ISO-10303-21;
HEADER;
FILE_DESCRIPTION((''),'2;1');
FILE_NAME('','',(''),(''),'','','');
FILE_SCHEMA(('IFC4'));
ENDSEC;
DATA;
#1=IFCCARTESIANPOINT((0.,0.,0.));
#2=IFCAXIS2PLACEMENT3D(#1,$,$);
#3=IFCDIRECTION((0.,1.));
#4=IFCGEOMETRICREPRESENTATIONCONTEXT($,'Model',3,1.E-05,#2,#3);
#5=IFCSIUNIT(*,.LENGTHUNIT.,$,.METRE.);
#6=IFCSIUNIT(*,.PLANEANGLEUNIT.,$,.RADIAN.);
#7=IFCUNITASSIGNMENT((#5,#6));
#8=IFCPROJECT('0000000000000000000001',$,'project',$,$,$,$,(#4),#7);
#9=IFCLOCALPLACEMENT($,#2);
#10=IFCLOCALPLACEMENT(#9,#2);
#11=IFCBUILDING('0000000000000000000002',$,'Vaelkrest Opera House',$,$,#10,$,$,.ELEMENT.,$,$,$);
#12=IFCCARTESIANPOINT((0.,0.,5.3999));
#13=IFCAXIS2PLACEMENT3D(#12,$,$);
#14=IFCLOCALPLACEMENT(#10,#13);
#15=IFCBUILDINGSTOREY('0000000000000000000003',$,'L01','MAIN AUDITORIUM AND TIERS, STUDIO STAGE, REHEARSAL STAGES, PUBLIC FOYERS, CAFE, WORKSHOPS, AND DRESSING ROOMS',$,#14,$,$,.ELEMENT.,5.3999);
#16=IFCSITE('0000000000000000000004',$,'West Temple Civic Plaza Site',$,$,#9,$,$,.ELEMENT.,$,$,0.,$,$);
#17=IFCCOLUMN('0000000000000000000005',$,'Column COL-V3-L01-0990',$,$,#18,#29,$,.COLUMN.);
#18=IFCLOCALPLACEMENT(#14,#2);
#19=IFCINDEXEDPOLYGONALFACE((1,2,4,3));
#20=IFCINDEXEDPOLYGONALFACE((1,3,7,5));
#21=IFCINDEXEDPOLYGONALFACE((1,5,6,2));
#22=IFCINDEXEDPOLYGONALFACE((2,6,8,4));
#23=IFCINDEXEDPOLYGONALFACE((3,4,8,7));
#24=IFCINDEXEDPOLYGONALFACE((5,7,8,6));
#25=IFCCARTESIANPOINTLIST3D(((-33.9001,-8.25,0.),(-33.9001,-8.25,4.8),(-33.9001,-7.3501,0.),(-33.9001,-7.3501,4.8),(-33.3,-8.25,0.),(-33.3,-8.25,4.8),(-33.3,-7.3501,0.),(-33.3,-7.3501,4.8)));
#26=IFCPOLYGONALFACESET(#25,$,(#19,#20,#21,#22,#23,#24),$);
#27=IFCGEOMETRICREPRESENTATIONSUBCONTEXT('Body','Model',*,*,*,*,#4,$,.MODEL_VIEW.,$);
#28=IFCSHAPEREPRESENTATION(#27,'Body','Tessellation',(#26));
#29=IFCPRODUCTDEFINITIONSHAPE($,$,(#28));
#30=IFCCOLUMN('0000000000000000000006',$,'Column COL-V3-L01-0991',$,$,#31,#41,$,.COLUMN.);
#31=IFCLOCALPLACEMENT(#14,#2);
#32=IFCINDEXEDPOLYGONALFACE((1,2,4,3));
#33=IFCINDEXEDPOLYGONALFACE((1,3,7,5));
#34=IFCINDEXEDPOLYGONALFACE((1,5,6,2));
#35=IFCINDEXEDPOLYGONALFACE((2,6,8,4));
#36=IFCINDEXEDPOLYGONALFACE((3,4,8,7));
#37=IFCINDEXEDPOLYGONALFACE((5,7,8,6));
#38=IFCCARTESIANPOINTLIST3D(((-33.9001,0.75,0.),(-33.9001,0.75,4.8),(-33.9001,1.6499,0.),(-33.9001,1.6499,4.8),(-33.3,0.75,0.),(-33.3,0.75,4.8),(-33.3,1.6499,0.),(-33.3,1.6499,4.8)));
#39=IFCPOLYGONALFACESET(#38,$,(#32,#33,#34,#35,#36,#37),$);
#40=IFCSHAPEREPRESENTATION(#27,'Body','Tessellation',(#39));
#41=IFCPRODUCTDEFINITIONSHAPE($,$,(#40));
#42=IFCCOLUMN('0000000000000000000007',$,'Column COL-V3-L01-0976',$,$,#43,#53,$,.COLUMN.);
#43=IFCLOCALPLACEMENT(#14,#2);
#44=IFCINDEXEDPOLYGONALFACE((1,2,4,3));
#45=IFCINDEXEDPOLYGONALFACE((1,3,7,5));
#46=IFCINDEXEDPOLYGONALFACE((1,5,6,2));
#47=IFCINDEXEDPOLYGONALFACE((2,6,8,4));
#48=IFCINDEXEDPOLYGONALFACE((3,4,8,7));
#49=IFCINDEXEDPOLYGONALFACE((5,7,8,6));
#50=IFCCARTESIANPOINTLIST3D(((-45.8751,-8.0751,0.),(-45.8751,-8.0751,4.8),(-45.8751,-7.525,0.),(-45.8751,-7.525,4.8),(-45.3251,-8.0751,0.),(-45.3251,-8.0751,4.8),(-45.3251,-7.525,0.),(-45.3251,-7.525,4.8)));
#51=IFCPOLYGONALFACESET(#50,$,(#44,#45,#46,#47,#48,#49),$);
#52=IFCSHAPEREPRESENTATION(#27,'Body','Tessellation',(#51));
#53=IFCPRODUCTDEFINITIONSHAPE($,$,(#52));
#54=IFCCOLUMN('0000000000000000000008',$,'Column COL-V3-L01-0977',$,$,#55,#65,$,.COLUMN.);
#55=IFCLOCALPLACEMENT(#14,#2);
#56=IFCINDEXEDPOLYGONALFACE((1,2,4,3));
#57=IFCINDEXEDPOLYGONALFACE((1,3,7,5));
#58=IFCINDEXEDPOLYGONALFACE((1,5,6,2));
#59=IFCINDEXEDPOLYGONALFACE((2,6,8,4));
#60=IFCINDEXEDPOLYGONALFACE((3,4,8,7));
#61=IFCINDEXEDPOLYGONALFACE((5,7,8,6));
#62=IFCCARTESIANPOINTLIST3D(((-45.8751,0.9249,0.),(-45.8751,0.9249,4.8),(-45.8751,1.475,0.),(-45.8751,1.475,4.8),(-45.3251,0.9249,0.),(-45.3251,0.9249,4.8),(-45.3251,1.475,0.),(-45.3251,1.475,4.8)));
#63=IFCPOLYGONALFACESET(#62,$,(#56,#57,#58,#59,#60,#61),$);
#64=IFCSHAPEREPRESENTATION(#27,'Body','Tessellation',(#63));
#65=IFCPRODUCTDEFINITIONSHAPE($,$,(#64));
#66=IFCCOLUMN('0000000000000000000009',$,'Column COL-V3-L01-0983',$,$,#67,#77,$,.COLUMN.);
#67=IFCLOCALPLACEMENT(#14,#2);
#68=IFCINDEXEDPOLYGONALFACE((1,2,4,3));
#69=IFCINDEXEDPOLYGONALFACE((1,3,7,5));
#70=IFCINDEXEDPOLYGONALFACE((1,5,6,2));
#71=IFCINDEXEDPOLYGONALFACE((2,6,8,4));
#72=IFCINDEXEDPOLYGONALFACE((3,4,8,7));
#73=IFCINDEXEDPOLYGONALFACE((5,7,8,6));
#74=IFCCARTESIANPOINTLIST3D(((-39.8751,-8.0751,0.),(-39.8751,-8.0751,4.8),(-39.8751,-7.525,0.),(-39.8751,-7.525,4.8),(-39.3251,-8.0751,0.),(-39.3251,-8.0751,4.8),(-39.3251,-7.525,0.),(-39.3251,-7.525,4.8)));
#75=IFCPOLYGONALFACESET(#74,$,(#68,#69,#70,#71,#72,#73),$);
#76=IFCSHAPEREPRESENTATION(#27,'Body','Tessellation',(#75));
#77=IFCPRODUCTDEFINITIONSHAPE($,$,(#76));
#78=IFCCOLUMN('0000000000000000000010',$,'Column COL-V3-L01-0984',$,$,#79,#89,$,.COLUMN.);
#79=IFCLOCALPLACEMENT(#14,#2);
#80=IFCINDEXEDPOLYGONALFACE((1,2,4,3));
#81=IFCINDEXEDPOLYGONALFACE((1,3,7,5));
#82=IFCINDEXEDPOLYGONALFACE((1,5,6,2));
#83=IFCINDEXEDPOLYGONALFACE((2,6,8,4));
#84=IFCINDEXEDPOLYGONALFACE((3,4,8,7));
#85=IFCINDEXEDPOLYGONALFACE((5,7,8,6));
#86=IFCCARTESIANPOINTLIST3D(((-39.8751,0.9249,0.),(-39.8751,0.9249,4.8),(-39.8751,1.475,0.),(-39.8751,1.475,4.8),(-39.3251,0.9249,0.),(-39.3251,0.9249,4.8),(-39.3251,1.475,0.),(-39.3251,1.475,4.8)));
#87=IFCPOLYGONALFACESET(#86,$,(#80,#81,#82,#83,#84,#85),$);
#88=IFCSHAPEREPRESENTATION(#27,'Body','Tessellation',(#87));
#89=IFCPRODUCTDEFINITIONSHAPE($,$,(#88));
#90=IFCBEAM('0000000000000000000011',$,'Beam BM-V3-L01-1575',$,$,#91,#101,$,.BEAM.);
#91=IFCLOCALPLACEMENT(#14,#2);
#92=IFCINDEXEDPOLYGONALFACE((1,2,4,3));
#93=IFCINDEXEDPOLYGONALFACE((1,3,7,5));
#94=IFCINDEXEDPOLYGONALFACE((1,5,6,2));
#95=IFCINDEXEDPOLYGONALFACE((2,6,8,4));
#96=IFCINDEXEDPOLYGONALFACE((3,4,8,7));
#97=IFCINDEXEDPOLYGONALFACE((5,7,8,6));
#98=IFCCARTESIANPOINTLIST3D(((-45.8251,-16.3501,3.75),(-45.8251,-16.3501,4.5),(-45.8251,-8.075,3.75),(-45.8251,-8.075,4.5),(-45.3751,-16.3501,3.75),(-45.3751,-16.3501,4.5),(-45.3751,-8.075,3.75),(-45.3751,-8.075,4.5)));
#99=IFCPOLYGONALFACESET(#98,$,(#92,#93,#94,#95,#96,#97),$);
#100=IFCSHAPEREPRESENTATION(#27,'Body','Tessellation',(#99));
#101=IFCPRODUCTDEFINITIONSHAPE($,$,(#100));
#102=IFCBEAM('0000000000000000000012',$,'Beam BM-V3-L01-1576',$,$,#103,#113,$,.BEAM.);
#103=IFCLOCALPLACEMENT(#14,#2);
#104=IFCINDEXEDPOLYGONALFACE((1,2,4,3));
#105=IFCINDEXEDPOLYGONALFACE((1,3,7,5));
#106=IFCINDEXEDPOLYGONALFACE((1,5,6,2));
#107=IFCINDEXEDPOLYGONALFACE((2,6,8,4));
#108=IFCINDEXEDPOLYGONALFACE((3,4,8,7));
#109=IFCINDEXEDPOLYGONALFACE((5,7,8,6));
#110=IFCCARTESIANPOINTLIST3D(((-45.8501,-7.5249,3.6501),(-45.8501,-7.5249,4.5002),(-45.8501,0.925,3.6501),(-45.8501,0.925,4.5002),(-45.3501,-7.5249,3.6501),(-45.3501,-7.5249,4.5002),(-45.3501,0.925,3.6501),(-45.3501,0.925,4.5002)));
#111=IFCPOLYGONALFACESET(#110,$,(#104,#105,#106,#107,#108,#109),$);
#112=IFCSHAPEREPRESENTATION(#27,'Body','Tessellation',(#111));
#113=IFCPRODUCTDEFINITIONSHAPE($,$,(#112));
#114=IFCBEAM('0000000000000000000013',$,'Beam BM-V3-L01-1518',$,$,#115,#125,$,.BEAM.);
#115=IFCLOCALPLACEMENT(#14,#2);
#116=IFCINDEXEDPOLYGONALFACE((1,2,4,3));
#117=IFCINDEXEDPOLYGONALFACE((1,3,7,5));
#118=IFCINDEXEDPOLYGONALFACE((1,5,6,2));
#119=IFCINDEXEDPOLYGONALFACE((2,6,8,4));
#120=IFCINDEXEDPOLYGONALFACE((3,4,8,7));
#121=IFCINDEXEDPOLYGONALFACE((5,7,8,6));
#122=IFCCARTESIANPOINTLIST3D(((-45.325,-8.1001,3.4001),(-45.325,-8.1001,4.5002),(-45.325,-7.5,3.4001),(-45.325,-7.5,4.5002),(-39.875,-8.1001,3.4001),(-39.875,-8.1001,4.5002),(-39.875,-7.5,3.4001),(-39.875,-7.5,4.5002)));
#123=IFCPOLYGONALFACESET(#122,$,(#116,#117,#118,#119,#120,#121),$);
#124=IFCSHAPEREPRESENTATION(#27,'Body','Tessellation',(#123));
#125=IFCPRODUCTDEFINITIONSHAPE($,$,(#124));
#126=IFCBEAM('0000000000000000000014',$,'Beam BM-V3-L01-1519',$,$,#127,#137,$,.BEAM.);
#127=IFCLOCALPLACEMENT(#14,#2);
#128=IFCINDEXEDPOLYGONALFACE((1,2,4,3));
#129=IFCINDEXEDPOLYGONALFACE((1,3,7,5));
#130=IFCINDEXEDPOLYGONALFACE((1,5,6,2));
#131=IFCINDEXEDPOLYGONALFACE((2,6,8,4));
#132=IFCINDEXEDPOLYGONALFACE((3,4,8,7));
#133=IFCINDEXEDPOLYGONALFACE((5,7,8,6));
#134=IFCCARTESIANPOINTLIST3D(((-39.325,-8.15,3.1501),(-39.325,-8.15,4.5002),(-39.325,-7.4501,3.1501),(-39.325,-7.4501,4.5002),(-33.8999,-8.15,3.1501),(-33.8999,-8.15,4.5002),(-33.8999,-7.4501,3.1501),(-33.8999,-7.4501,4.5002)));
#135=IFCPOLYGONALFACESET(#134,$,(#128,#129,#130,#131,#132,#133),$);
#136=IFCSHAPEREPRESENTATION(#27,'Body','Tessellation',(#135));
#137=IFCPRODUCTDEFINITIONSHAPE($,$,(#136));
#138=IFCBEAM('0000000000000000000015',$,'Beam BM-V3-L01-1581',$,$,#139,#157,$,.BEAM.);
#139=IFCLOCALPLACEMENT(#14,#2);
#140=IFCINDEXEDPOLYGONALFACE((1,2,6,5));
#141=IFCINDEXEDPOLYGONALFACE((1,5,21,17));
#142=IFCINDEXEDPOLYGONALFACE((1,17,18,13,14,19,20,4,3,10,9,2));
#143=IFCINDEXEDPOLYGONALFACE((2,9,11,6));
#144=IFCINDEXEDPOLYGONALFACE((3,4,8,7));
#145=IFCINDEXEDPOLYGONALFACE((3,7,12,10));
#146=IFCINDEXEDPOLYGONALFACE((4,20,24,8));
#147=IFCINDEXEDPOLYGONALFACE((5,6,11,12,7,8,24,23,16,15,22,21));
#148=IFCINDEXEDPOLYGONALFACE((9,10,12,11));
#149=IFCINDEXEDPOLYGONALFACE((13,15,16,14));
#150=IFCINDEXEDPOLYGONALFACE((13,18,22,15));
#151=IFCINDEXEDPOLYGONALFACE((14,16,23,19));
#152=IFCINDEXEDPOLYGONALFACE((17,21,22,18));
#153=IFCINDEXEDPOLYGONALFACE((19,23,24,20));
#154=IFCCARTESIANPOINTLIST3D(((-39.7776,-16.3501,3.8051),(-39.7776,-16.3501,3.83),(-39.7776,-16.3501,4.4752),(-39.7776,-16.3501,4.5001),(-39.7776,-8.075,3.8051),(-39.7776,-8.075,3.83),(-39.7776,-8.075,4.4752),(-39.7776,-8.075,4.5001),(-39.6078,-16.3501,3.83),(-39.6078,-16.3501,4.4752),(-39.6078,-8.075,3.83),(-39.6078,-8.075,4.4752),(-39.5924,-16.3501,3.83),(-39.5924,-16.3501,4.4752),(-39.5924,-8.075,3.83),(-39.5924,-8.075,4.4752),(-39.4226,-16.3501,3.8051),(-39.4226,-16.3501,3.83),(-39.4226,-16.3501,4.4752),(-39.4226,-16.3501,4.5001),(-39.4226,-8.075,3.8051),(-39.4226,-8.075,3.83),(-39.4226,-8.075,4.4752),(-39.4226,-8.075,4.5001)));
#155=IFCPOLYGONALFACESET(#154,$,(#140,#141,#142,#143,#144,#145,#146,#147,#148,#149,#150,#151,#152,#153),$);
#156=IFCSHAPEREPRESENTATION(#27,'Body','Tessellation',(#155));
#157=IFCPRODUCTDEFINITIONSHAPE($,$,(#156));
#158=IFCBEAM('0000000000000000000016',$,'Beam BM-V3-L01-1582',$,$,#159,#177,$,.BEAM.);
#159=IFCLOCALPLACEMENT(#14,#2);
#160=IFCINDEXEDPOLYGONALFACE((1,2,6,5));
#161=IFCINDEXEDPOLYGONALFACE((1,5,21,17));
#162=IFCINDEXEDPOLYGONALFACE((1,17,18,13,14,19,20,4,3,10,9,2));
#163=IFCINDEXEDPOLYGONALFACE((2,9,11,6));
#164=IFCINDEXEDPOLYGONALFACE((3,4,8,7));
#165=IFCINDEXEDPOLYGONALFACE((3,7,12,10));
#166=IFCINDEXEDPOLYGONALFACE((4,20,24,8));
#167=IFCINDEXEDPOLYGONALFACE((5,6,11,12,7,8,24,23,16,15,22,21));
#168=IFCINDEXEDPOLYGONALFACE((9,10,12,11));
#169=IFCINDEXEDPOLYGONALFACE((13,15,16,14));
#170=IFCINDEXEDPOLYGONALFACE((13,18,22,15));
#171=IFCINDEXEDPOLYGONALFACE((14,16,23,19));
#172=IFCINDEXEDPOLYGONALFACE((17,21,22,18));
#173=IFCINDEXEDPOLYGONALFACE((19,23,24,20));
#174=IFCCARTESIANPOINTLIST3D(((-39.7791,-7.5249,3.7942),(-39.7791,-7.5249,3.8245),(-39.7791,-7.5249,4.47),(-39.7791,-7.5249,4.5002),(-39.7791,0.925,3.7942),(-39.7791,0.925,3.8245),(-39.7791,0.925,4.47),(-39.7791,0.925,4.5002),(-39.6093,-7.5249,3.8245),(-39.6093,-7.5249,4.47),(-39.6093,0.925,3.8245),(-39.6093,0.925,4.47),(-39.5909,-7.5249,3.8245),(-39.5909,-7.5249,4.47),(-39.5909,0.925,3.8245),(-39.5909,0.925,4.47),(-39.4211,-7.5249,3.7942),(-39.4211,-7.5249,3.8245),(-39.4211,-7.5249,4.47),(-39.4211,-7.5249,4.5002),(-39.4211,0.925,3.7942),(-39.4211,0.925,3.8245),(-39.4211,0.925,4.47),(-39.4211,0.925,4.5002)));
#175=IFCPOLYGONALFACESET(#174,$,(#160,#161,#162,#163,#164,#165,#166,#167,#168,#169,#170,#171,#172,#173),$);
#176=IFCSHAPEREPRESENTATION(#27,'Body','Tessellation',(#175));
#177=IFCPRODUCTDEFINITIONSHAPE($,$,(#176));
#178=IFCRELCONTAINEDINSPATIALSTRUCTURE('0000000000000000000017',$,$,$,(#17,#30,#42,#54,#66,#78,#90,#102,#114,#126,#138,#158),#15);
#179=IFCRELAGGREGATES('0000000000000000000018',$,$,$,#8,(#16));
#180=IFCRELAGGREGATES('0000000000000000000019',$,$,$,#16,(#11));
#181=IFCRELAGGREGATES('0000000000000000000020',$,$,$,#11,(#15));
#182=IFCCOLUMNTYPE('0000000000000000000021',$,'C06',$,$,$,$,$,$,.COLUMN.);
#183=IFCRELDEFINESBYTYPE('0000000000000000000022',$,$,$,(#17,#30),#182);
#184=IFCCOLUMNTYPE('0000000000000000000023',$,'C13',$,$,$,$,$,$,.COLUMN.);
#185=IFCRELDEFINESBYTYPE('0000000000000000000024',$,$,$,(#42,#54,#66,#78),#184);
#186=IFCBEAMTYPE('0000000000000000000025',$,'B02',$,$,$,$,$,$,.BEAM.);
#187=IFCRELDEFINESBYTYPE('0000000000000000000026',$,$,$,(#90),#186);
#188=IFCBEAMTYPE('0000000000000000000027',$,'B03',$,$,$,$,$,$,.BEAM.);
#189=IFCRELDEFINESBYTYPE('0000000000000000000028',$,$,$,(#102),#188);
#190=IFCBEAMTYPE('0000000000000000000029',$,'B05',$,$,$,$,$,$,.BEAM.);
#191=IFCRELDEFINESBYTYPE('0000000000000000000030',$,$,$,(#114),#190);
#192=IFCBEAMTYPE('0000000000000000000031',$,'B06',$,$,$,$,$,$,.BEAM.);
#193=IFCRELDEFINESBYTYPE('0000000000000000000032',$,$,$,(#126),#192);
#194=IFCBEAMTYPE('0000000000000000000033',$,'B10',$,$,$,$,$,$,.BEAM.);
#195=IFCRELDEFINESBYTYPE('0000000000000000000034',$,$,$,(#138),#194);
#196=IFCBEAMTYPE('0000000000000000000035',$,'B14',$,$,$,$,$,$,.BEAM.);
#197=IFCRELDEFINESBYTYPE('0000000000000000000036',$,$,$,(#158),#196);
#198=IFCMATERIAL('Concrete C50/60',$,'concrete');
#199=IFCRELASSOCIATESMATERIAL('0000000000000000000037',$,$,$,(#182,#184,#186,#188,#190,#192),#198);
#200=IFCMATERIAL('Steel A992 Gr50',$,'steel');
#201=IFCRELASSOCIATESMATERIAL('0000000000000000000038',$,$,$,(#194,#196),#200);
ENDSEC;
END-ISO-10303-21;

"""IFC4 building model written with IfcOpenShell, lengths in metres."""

from ifc_helpers import new_model, si_unit, direction, frame, origin, origin_2d, place, context, subcontext, project, spatial, rectangle, i_section, extrude, material, material_profile, profile_set, type_object, element, save


model = new_model("IFC4")

# Units and contexts
model_context = context("Model", 3, precision=1e-05, world=origin(), true_north=direction((0.0, 1.0)))
body_context = subcontext(model_context, "Body", "Model", "MODEL_VIEW")
ifc_project = project(units=[si_unit("LENGTHUNIT", "METRE"), si_unit("PLANEANGLEUNIT", "RADIAN")], contexts=[model_context])

# Site, building, storey
site_placement = place(None, origin())
site = spatial("IfcSite", under=ifc_project, at=site_placement, Name="West Temple Civic Plaza Site", CompositionType="ELEMENT", RefElevation=0.0)
building_placement = place(site_placement, origin())
building = spatial("IfcBuilding", under=site, at=building_placement, Name="Vaelkrest Opera House", CompositionType="ELEMENT")
storey_placement = place(building_placement, frame((0.0, 0.0, 5.3999)))
storey = spatial("IfcBuildingStorey", under=building, at=storey_placement, Name="L01", Description="MAIN AUDITORIUM AND TIERS, STUDIO STAGE, REHEARSAL STAGES, PUBLIC FOYERS, CAFE, WORKSHOPS, AND DRESSING ROOMS", CompositionType="ELEMENT", Elevation=5.3999)

# Columns
ifc_material_1 = material(Name="Concrete C50/60", Category="concrete")
ifc_material_profile_1 = material_profile(ifc_material_1, rectangle(XDim=0.6001, YDim=0.8999, at=origin_2d()), Name="RC600X900")
ifc_profile_set_1 = profile_set([ifc_material_profile_1], Name="Concrete C50/60")
column_type_1 = type_object("IfcColumnType", Name="C06", PredefinedType="COLUMN", material=ifc_profile_set_1)
for number, where, z_axis, x_axis, name in (
    (1, (-33.6001, -7.8, 0.0), (0.0, 0.0, 1.0), (1.0, 0.0, 0.0), "Column COL-V3-L01-0990"),
    (2, (-33.6001, 1.2, 0.0), (0.0, 0.0, 1.0), (1.0, 0.0, 0.0), "Column COL-V3-L01-0991"),
):
    element("IfcColumn", number, at=place(storey_placement, frame(where, z_axis=z_axis, x_axis=x_axis)), inside=storey, type_object=column_type_1, Name=name, PredefinedType="COLUMN", context=body_context, shape_type="SweptSolid", body=[
        extrude(rectangle(XDim=0.6001, YDim=0.8999, at=origin_2d()), origin(), (0.0, 0.0, 1.0), 4.8),
    ])
ifc_material_profile_2 = material_profile(ifc_material_1, rectangle(XDim=0.55, YDim=0.55, at=origin_2d()), Name="RC550X550")
ifc_profile_set_2 = profile_set([ifc_material_profile_2], Name="Concrete C50/60")
column_type_2 = type_object("IfcColumnType", Name="C13", PredefinedType="COLUMN", material=ifc_profile_set_2)
for number, where, z_axis, x_axis, name in (
    (3, (-45.6001, -7.8, 0.0), (0.0, 0.0, 1.0), (1.0, 0.0, 0.0), "Column COL-V3-L01-0976"),
    (4, (-45.6001, 1.2, 0.0), (0.0, 0.0, 1.0), (1.0, 0.0, 0.0), "Column COL-V3-L01-0977"),
    (5, (-39.6001, -7.8, 0.0), (0.0, 0.0, 1.0), (1.0, 0.0, 0.0), "Column COL-V3-L01-0983"),
    (6, (-39.6001, 1.2, 0.0), (0.0, 0.0, 1.0), (1.0, 0.0, 0.0), "Column COL-V3-L01-0984"),
):
    element("IfcColumn", number, at=place(storey_placement, frame(where, z_axis=z_axis, x_axis=x_axis)), inside=storey, type_object=column_type_2, Name=name, PredefinedType="COLUMN", context=body_context, shape_type="SweptSolid", body=[
        extrude(rectangle(XDim=0.55, YDim=0.55, at=origin_2d()), origin(), (0.0, 0.0, 1.0), 4.8),
    ])

# Beams
ifc_material_profile_3 = material_profile(ifc_material_1, rectangle(XDim=0.45, YDim=0.75, at=origin_2d()), Name="RCB450X750")
ifc_profile_set_3 = profile_set([ifc_material_profile_3], Name="Concrete C50/60")
beam_type_1 = type_object("IfcBeamType", Name="B02", PredefinedType="BEAM", material=ifc_profile_set_3)
beam_1_placement = place(storey_placement, frame((-45.6001, -16.3501, 4.125), z_axis=(0.0, 1.0, 0.0), x_axis=(-1.0, 0.0, 0.0)))
element("IfcBeam", 7, at=beam_1_placement, inside=storey, type_object=beam_type_1, Name="Beam BM-V3-L01-1575", PredefinedType="BEAM", context=body_context, shape_type="SweptSolid", body=[
    extrude(rectangle(XDim=0.45, YDim=0.75, at=origin_2d()), origin(), (0.0, 0.0, 1.0), 8.2751),
])
ifc_material_profile_4 = material_profile(ifc_material_1, rectangle(XDim=0.5, YDim=0.8501, at=origin_2d()), Name="RCB500X850")
ifc_profile_set_4 = profile_set([ifc_material_profile_4], Name="Concrete C50/60")
beam_type_2 = type_object("IfcBeamType", Name="B03", PredefinedType="BEAM", material=ifc_profile_set_4)
beam_2_placement = place(storey_placement, frame((-45.6001, -7.5249, 4.0752), z_axis=(0.0, 1.0, 0.0), x_axis=(-1.0, 0.0, 0.0)))
element("IfcBeam", 8, at=beam_2_placement, inside=storey, type_object=beam_type_2, Name="Beam BM-V3-L01-1576", PredefinedType="BEAM", context=body_context, shape_type="SweptSolid", body=[
    extrude(rectangle(XDim=0.5, YDim=0.8501, at=origin_2d()), origin(), (0.0, 0.0, 1.0), 8.45),
])
ifc_material_profile_5 = material_profile(ifc_material_1, rectangle(XDim=0.6001, YDim=1.1001, at=origin_2d()), Name="RCB600X1100")
ifc_profile_set_5 = profile_set([ifc_material_profile_5], Name="Concrete C50/60")
beam_type_3 = type_object("IfcBeamType", Name="B05", PredefinedType="BEAM", material=ifc_profile_set_5)
beam_3_placement = place(storey_placement, frame((-45.325, -7.8, 3.9502), z_axis=(1.0, 0.0, 0.0), x_axis=(0.0, 1.0, 0.0)))
element("IfcBeam", 9, at=beam_3_placement, inside=storey, type_object=beam_type_3, Name="Beam BM-V3-L01-1518", PredefinedType="BEAM", context=body_context, shape_type="SweptSolid", body=[
    extrude(rectangle(XDim=0.6001, YDim=1.1001, at=origin_2d()), origin(), (0.0, 0.0, 1.0), 5.45),
])
ifc_material_profile_6 = material_profile(ifc_material_1, rectangle(XDim=0.7, YDim=1.3501, at=origin_2d()), Name="RCB700X1350")
ifc_profile_set_6 = profile_set([ifc_material_profile_6], Name="Concrete C50/60")
beam_type_4 = type_object("IfcBeamType", Name="B06", PredefinedType="BEAM", material=ifc_profile_set_6)
beam_4_placement = place(storey_placement, frame((-39.325, -7.8, 3.8252), z_axis=(1.0, 0.0, 0.0), x_axis=(0.0, 1.0, 0.0)))
element("IfcBeam", 10, at=beam_4_placement, inside=storey, type_object=beam_type_4, Name="Beam BM-V3-L01-1519", PredefinedType="BEAM", context=body_context, shape_type="SweptSolid", body=[
    extrude(rectangle(XDim=0.7, YDim=1.3501, at=origin_2d()), origin(), (0.0, 0.0, 1.0), 5.425),
])
ifc_material_2 = material(Name="Steel A992 Gr50", Category="steel")
ifc_material_profile_7 = material_profile(ifc_material_2, i_section(OverallWidth=0.355, OverallDepth=0.6951, WebThickness=0.0154, FlangeThickness=0.0249, at=origin_2d()), Name="W27X146")
ifc_profile_set_7 = profile_set([ifc_material_profile_7], Name="Steel A992 Gr50")
beam_type_5 = type_object("IfcBeamType", Name="B10", PredefinedType="BEAM", material=ifc_profile_set_7)
beam_5_placement = place(storey_placement, frame((-39.6001, -16.3501, 4.1526), z_axis=(0.0, 1.0, 0.0), x_axis=(-1.0, 0.0, 0.0)))
element("IfcBeam", 11, at=beam_5_placement, inside=storey, type_object=beam_type_5, Name="Beam BM-V3-L01-1581", PredefinedType="BEAM", context=body_context, shape_type="SweptSolid", body=[
    extrude(i_section(OverallWidth=0.355, OverallDepth=0.6951, WebThickness=0.0154, FlangeThickness=0.0249, at=origin_2d()), origin(), (0.0, 0.0, 1.0), 8.2751),
])
ifc_material_profile_8 = material_profile(ifc_material_2, i_section(OverallWidth=0.3579, OverallDepth=0.7061, WebThickness=0.0183, FlangeThickness=0.0303, at=origin_2d()), Name="W27X178")
ifc_profile_set_8 = profile_set([ifc_material_profile_8], Name="Steel A992 Gr50")
beam_type_6 = type_object("IfcBeamType", Name="B14", PredefinedType="BEAM", material=ifc_profile_set_8)
beam_6_placement = place(storey_placement, frame((-39.6001, -7.5249, 4.1472), z_axis=(0.0, 1.0, 0.0), x_axis=(-1.0, 0.0, 0.0)))
element("IfcBeam", 12, at=beam_6_placement, inside=storey, type_object=beam_type_6, Name="Beam BM-V3-L01-1582", PredefinedType="BEAM", context=body_context, shape_type="SweptSolid", body=[
    extrude(i_section(OverallWidth=0.3579, OverallDepth=0.7061, WebThickness=0.0183, FlangeThickness=0.0303, at=origin_2d()), origin(), (0.0, 0.0, 1.0), 8.45),
])

save(model, "model.ifc")
